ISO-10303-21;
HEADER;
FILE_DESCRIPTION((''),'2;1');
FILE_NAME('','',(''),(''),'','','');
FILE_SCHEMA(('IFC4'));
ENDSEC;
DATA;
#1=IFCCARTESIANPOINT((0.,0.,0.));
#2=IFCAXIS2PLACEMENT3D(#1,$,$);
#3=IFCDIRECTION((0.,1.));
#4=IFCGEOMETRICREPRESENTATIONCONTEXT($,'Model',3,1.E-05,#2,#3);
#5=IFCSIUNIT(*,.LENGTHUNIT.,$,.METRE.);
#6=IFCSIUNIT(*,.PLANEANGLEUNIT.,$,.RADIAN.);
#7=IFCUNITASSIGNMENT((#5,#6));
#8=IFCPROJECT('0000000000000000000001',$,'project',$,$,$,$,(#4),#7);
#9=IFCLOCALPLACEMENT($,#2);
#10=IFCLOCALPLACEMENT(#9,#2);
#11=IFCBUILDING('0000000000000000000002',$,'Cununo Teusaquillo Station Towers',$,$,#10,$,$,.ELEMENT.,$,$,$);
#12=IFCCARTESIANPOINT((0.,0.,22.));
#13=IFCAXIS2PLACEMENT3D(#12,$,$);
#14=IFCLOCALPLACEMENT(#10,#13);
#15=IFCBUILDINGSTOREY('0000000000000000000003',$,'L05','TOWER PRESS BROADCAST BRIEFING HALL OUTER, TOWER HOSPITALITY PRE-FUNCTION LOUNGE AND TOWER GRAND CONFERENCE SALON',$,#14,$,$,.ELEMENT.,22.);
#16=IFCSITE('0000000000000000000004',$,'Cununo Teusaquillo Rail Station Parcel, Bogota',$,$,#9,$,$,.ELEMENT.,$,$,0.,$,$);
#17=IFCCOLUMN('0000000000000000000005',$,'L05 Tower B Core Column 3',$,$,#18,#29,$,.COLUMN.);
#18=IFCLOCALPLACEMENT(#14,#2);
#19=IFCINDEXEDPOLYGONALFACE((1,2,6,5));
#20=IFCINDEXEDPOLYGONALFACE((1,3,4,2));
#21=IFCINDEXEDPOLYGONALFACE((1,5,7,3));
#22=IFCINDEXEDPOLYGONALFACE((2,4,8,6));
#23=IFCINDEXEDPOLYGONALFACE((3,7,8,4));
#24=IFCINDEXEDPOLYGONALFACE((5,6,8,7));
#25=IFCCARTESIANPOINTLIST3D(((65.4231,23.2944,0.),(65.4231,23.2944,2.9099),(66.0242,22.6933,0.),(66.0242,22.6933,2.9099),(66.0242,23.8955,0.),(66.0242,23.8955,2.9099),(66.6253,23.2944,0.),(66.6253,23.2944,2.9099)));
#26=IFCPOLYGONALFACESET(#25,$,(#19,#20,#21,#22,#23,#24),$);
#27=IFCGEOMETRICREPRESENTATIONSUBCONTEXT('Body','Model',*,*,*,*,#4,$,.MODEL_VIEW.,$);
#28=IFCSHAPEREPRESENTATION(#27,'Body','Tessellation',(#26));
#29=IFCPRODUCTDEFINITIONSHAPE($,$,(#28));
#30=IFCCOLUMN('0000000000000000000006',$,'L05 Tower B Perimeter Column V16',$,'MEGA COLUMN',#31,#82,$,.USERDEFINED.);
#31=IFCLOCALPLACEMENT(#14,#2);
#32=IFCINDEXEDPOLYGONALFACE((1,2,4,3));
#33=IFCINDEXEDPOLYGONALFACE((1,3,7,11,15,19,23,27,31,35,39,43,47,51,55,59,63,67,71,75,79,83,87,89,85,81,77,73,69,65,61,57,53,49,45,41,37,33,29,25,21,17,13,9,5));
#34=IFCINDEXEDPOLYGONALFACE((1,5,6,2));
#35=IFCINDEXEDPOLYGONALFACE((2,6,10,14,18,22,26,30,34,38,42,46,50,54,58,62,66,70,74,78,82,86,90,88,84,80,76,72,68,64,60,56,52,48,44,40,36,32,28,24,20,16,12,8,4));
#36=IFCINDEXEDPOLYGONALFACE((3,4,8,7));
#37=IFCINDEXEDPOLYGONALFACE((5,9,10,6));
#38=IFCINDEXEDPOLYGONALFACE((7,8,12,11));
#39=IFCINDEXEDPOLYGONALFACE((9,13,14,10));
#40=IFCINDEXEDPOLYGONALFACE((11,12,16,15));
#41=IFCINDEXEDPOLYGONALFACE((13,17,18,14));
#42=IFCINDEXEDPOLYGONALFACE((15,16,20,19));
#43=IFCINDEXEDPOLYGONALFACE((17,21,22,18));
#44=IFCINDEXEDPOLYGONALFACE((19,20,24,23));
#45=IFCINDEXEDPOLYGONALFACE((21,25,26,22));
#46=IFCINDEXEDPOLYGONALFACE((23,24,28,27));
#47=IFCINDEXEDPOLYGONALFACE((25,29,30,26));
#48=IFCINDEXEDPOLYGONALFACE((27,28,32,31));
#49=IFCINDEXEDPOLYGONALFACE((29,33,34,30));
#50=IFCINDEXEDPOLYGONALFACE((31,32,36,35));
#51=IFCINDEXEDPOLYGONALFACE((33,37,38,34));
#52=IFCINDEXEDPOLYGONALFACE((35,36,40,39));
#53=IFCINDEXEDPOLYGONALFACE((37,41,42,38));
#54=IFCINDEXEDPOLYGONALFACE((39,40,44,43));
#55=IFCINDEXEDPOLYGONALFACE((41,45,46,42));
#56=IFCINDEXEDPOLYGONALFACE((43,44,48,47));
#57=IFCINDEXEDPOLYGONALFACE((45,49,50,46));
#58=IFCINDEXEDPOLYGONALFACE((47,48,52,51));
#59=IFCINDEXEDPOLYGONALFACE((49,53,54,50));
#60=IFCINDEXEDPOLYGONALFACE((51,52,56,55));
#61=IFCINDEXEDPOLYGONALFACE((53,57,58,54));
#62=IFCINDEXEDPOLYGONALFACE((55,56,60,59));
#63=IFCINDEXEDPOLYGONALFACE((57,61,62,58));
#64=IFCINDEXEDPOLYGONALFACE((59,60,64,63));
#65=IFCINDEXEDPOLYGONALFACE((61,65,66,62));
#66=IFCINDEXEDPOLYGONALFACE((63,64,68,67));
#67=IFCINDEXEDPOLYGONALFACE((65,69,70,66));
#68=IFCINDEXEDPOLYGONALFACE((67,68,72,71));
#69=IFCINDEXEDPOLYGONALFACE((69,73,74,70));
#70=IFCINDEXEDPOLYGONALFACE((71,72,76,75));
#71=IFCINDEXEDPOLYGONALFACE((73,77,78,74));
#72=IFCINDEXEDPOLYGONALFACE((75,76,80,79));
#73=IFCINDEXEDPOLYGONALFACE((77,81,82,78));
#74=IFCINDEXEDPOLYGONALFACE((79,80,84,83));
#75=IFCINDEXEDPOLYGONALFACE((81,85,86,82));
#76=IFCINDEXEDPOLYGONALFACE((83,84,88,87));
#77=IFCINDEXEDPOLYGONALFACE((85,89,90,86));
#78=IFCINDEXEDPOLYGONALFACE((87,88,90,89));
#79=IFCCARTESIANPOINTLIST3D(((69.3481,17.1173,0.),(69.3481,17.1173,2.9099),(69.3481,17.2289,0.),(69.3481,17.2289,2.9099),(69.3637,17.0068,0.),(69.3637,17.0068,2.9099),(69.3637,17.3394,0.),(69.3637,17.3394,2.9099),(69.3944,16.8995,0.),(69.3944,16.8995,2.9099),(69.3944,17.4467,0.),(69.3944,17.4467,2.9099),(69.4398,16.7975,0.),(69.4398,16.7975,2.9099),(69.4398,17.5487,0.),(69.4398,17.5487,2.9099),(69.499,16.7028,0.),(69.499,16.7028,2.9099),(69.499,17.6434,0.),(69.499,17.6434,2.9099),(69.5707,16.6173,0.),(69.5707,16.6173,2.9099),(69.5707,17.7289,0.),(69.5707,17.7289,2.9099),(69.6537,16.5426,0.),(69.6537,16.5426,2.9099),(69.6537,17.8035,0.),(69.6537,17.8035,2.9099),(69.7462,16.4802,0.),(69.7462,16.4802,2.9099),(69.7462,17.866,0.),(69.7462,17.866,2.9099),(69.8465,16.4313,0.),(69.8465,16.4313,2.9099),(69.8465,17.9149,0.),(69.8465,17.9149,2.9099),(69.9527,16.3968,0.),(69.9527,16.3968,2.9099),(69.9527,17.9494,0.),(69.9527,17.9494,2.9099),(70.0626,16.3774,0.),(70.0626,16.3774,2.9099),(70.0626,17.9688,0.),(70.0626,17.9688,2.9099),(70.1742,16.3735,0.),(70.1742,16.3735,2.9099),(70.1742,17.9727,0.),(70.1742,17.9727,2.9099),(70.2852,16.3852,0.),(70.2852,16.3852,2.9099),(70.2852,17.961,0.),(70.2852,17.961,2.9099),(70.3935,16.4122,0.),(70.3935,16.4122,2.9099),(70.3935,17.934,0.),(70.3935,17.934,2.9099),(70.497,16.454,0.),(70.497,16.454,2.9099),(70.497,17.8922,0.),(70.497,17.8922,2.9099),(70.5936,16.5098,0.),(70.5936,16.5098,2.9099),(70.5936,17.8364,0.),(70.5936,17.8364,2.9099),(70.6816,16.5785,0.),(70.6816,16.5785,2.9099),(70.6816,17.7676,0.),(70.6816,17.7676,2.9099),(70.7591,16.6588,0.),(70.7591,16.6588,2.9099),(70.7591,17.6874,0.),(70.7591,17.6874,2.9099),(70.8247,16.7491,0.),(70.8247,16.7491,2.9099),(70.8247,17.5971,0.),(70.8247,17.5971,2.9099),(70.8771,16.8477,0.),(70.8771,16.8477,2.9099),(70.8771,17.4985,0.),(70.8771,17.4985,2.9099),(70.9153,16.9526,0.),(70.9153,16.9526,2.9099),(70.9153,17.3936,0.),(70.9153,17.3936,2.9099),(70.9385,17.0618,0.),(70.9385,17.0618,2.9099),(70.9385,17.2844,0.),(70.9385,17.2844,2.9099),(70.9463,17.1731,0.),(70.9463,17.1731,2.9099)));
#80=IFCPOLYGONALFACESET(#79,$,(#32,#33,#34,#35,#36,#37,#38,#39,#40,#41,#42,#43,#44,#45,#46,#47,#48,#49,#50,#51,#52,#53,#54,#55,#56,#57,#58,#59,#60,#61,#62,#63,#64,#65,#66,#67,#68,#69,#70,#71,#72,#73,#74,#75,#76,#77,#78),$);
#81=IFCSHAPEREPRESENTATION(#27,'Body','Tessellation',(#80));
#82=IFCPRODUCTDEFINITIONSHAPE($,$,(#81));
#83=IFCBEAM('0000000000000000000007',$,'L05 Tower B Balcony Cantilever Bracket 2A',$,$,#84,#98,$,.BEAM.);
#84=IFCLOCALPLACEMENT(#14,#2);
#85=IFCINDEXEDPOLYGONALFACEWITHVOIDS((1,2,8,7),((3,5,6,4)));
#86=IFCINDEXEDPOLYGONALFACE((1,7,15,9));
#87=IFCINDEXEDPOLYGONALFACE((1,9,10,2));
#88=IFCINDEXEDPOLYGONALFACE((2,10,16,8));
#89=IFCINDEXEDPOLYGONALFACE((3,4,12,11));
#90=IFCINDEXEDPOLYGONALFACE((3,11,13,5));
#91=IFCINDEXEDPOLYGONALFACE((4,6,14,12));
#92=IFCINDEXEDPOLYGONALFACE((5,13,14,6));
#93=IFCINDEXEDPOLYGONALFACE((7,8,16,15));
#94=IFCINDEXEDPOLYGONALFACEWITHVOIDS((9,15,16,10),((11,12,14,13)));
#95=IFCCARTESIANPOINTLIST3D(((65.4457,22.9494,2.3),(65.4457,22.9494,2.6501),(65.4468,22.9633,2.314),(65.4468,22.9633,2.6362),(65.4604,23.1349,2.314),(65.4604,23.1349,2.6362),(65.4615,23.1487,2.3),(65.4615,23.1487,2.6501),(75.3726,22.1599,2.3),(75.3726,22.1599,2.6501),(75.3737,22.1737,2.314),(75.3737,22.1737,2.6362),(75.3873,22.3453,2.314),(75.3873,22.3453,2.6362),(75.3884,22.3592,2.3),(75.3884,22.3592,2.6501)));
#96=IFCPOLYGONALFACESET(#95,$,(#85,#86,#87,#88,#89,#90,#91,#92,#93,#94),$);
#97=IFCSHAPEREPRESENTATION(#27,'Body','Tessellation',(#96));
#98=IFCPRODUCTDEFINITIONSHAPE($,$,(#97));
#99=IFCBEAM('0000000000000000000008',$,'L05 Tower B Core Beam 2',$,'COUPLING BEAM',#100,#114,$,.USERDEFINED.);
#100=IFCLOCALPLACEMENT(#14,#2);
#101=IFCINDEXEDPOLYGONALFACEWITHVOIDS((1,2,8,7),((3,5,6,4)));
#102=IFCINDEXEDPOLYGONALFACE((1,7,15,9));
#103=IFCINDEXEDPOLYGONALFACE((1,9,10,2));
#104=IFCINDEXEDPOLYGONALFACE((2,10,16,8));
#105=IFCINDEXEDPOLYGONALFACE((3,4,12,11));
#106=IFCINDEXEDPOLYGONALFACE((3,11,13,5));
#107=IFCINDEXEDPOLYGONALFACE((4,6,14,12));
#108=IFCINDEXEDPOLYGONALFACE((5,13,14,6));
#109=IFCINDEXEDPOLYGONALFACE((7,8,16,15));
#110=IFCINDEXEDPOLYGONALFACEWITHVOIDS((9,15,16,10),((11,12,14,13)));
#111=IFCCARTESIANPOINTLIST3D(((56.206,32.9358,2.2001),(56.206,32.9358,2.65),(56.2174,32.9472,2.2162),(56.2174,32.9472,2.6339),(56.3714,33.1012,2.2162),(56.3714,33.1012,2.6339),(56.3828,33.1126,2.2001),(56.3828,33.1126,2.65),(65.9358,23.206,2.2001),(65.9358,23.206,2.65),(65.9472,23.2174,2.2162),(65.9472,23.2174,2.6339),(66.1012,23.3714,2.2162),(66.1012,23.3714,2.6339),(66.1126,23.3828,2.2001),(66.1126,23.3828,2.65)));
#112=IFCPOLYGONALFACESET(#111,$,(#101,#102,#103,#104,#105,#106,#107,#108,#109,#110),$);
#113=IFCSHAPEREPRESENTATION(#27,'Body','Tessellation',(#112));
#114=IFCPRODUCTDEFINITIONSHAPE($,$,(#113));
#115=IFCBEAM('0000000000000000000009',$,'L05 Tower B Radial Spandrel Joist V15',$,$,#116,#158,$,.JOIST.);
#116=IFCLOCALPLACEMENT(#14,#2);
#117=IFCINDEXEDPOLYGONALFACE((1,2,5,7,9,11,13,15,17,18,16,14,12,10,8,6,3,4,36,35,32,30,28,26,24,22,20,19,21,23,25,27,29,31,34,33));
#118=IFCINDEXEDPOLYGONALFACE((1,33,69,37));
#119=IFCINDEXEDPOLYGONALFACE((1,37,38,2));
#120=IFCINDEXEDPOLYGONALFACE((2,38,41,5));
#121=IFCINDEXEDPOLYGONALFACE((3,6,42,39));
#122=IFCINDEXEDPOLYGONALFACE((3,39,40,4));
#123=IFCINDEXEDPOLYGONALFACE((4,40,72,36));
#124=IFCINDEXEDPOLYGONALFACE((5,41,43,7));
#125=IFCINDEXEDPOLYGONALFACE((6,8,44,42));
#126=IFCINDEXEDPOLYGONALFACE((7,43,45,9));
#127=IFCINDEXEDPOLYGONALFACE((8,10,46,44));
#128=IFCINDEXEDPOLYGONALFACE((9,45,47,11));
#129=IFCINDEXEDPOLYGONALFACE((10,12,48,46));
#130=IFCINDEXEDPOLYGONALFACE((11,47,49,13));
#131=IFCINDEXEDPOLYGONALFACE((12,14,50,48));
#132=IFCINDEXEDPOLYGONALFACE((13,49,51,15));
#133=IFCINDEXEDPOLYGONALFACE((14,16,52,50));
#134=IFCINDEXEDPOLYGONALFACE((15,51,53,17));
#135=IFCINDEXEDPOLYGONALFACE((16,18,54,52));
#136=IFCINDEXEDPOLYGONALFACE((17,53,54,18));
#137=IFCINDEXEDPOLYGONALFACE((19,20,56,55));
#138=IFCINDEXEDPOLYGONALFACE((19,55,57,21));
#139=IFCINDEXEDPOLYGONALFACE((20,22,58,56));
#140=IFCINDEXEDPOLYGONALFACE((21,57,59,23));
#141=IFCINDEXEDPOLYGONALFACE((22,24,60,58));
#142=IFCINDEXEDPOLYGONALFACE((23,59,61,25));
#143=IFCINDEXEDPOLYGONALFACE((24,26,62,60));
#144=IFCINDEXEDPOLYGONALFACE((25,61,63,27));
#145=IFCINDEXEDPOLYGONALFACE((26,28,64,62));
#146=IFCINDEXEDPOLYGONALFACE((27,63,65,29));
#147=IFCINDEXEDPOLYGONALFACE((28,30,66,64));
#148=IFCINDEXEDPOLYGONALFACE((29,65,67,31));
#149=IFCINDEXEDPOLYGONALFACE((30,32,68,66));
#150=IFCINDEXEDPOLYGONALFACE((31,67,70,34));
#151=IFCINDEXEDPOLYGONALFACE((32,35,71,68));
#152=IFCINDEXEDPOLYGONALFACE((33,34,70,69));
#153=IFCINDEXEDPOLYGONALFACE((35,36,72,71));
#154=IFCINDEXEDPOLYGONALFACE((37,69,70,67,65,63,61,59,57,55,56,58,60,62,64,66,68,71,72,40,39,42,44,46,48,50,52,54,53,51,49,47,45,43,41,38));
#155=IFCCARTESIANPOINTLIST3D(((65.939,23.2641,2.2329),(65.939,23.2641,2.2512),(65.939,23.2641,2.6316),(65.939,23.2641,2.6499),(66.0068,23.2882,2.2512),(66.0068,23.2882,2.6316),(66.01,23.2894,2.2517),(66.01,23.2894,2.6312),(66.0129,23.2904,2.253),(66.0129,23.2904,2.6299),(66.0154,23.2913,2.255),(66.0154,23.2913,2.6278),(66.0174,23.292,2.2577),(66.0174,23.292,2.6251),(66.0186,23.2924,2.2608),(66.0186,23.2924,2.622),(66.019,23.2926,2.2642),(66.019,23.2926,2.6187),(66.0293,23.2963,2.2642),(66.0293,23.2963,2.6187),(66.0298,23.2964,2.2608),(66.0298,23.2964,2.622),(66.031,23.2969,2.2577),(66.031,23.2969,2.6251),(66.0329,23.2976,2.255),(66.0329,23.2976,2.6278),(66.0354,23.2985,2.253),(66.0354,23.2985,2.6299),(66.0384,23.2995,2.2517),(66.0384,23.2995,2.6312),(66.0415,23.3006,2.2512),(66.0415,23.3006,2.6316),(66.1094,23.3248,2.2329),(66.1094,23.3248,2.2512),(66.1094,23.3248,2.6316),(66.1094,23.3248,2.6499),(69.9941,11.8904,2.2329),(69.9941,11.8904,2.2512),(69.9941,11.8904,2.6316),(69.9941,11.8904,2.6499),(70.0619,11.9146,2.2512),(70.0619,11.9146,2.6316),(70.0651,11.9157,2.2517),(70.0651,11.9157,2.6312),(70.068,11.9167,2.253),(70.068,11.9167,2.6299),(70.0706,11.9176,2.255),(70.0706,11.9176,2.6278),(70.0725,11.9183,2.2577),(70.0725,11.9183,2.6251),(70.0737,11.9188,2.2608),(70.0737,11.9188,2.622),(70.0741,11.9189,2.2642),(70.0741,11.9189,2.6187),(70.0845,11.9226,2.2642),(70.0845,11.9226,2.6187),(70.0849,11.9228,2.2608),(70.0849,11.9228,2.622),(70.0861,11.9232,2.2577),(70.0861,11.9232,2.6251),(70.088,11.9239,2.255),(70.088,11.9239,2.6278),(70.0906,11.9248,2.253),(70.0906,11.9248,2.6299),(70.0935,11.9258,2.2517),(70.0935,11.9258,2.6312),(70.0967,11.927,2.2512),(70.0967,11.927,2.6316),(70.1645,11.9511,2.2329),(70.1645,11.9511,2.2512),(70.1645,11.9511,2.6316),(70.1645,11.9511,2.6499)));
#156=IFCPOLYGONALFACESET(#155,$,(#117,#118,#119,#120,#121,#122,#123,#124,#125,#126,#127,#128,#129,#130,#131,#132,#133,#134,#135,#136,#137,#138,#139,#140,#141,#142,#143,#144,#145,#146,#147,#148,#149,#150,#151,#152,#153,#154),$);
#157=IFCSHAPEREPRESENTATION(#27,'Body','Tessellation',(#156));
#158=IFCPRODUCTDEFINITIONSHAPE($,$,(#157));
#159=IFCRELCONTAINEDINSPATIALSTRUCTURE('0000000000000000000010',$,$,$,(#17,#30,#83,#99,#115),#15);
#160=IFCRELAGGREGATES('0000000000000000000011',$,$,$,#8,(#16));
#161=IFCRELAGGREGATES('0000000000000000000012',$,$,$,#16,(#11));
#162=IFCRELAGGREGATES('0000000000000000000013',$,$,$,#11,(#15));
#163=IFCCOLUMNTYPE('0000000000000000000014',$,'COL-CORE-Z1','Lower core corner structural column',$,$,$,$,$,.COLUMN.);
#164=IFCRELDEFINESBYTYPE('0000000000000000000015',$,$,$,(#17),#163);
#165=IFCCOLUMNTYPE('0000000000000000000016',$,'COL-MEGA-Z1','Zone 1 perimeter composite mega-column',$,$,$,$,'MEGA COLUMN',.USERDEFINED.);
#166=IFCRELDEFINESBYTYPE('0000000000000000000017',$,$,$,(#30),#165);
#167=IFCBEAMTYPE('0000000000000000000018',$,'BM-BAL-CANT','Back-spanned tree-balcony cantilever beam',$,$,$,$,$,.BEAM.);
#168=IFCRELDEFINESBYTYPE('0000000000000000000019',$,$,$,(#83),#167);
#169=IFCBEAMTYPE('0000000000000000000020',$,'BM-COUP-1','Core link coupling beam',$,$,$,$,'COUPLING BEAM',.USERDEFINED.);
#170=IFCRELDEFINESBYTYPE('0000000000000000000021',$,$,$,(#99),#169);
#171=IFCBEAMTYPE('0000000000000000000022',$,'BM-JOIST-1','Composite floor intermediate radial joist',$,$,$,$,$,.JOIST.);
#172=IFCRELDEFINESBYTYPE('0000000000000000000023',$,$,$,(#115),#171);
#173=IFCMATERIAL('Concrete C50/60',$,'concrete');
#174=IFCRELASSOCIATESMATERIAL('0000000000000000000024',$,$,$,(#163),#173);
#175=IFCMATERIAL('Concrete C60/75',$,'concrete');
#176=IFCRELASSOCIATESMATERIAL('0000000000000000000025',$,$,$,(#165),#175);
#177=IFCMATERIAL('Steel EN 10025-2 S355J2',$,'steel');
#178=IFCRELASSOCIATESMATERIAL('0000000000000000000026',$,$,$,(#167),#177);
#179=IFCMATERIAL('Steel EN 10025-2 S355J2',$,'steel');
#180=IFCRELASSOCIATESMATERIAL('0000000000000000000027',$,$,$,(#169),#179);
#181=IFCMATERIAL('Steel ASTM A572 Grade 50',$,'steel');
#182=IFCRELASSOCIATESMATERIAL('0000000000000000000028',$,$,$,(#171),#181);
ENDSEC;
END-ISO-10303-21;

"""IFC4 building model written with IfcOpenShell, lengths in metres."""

from ifc_helpers import new_model, si_unit, direction, frame, origin, origin_2d, place, context, subcontext, project, spatial, rectangle, hollow_rectangle, circle, i_section, extrude, material, material_profile, profile_set, type_object, element, save


model = new_model("IFC4")

# Units and contexts
model_context = context("Model", 3, precision=1e-05, world=origin(), true_north=direction((0.0, 1.0)))
body_context = subcontext(model_context, "Body", "Model", "MODEL_VIEW")
ifc_project = project(units=[si_unit("LENGTHUNIT", "METRE"), si_unit("PLANEANGLEUNIT", "RADIAN")], contexts=[model_context])

# Site, building, storey
site_placement = place(None, origin())
site = spatial("IfcSite", under=ifc_project, at=site_placement, Name="Cununo Teusaquillo Rail Station Parcel, Bogota", CompositionType="ELEMENT", RefElevation=0.0)
building_placement = place(site_placement, origin())
building = spatial("IfcBuilding", under=site, at=building_placement, Name="Cununo Teusaquillo Station Towers", CompositionType="ELEMENT")
storey_placement = place(building_placement, frame((0.0, 0.0, 22.0)))
storey = spatial("IfcBuildingStorey", under=building, at=storey_placement, Name="L05", Description="TOWER PRESS BROADCAST BRIEFING HALL OUTER, TOWER HOSPITALITY PRE-FUNCTION LOUNGE AND TOWER GRAND CONFERENCE SALON", CompositionType="ELEMENT", Elevation=22.0)

# Columns
ifc_material_1 = material(Name="Concrete C50/60", Category="concrete")
ifc_material_profile_1 = material_profile(ifc_material_1, rectangle(XDim=0.8501, YDim=0.8501, at=origin_2d()), Name="RC-RECT-850x850")
ifc_profile_set_1 = profile_set([ifc_material_profile_1], Name="Concrete C50/60")
column_type_1 = type_object("IfcColumnType", Name="COL-CORE-Z1", Description="Lower core corner structural column", PredefinedType="COLUMN", material=ifc_profile_set_1)
column_1_placement = place(storey_placement, frame((66.0242, 23.2944, 0.0), z_axis=(0.0, 0.0, 1.0), x_axis=(0.707107, 0.707107, 0.0)))
element("IfcColumn", 1, at=column_1_placement, inside=storey, type_object=column_type_1, Name="L05 Tower B Core Column 3", PredefinedType="COLUMN", context=body_context, shape_type="SweptSolid", body=[
    extrude(rectangle(XDim=0.8501, YDim=0.8501, at=origin_2d()), origin(), (0.0, 0.0, 1.0), 2.9099),
])
ifc_material_2 = material(Name="Concrete C60/75", Category="concrete")
ifc_material_profile_2 = material_profile(ifc_material_2, circle(Radius=0.8, at=origin_2d()), Name="RC-CIRC-1600")
ifc_profile_set_2 = profile_set([ifc_material_profile_2], Name="Concrete C60/75")
column_type_2 = type_object("IfcColumnType", Name="COL-MEGA-Z1", Description="Zone 1 perimeter composite mega-column", ElementType="MEGA COLUMN", PredefinedType="USERDEFINED", material=ifc_profile_set_2)
column_2_placement = place(storey_placement, frame((70.1462, 17.1731, 0.0), z_axis=(0.0, 0.0, 1.0), x_axis=(1.0, 0.0, 0.0)))
element("IfcColumn", 2, at=column_2_placement, inside=storey, type_object=column_type_2, Name="L05 Tower B Perimeter Column V16", ObjectType="MEGA COLUMN", PredefinedType="USERDEFINED", context=body_context, shape_type="SweptSolid", body=[
    extrude(circle(Radius=0.8, at=origin_2d()), origin(), (0.0, 0.0, 1.0), 2.9099),
])

# Beams
ifc_material_3 = material(Name="Steel EN 10025-2 S355J2", Category="steel")
ifc_material_profile_3 = material_profile(ifc_material_3, hollow_rectangle(XDim=0.2, YDim=0.3501, WallThickness=0.0139, at=origin_2d()), Name="RHS 350x200x14")
ifc_profile_set_3 = profile_set([ifc_material_profile_3], Name="Steel EN 10025-2 S355J2")
beam_type_1 = type_object("IfcBeamType", Name="BM-BAL-CANT", Description="Back-spanned tree-balcony cantilever beam", PredefinedType="BEAM", material=ifc_profile_set_3)
beam_1_placement = place(storey_placement, frame((65.4536, 23.0491, 2.4751), z_axis=(0.996852, -0.079285, 0.0), x_axis=(0.079285, 0.996852, 0.0)))
element("IfcBeam", 3, at=beam_1_placement, inside=storey, type_object=beam_type_1, Name="L05 Tower B Balcony Cantilever Bracket 2A", PredefinedType="BEAM", context=body_context, shape_type="SweptSolid", body=[
    extrude(hollow_rectangle(XDim=0.2, YDim=0.3501, WallThickness=0.0139, at=origin_2d()), origin(), (0.0, 0.0, 1.0), 9.9583),
])
ifc_material_4 = material(Name="Steel EN 10025-2 S355J2", Category="steel")
ifc_material_profile_4 = material_profile(ifc_material_4, hollow_rectangle(XDim=0.25, YDim=0.45, WallThickness=0.0161, at=origin_2d()), Name="RHS 450x250x16")
ifc_profile_set_4 = profile_set([ifc_material_profile_4], Name="Steel EN 10025-2 S355J2")
beam_type_2 = type_object("IfcBeamType", Name="BM-COUP-1", Description="Core link coupling beam", ElementType="COUPLING BEAM", PredefinedType="USERDEFINED", material=ifc_profile_set_4)
beam_2_placement = place(storey_placement, frame((66.0242, 23.2944, 2.425), z_axis=(-0.707107, 0.707107, 0.0), x_axis=(-0.707107, -0.707107, 0.0)))
element("IfcBeam", 4, at=beam_2_placement, inside=storey, type_object=beam_type_2, Name="L05 Tower B Core Beam 2", ObjectType="COUPLING BEAM", PredefinedType="USERDEFINED", context=body_context, shape_type="SweptSolid", body=[
    extrude(hollow_rectangle(XDim=0.25, YDim=0.45, WallThickness=0.0161, at=origin_2d()), origin(), (0.0, 0.0, 1.0), 13.76),
])
ifc_material_5 = material(Name="Steel ASTM A572 Grade 50", Category="steel")
ifc_material_profile_5 = material_profile(ifc_material_5, i_section(OverallWidth=0.1809, OverallDepth=0.417, WebThickness=0.011, FlangeThickness=0.0183, FilletRadius=0.0129, at=origin_2d()), Name="W16X57")
ifc_profile_set_5 = profile_set([ifc_material_profile_5], Name="Steel ASTM A572 Grade 50")
beam_type_3 = type_object("IfcBeamType", Name="BM-JOIST-1", Description="Composite floor intermediate radial joist", PredefinedType="JOIST", material=ifc_profile_set_5)
beam_3_placement = place(storey_placement, frame((66.0242, 23.2944, 2.4414), z_axis=(0.33583, -0.941922, 0.0), x_axis=(0.941922, 0.33583, 0.0)))
element("IfcBeam", 5, at=beam_3_placement, inside=storey, type_object=beam_type_3, Name="L05 Tower B Radial Spandrel Joist V15", PredefinedType="JOIST", context=body_context, shape_type="SweptSolid", body=[
    extrude(i_section(OverallWidth=0.1809, OverallDepth=0.417, WebThickness=0.011, FlangeThickness=0.0183, FilletRadius=0.0129, at=origin_2d()), origin(), (0.0, 0.0, 1.0), 12.075),
])

save(model, "model.ifc")
